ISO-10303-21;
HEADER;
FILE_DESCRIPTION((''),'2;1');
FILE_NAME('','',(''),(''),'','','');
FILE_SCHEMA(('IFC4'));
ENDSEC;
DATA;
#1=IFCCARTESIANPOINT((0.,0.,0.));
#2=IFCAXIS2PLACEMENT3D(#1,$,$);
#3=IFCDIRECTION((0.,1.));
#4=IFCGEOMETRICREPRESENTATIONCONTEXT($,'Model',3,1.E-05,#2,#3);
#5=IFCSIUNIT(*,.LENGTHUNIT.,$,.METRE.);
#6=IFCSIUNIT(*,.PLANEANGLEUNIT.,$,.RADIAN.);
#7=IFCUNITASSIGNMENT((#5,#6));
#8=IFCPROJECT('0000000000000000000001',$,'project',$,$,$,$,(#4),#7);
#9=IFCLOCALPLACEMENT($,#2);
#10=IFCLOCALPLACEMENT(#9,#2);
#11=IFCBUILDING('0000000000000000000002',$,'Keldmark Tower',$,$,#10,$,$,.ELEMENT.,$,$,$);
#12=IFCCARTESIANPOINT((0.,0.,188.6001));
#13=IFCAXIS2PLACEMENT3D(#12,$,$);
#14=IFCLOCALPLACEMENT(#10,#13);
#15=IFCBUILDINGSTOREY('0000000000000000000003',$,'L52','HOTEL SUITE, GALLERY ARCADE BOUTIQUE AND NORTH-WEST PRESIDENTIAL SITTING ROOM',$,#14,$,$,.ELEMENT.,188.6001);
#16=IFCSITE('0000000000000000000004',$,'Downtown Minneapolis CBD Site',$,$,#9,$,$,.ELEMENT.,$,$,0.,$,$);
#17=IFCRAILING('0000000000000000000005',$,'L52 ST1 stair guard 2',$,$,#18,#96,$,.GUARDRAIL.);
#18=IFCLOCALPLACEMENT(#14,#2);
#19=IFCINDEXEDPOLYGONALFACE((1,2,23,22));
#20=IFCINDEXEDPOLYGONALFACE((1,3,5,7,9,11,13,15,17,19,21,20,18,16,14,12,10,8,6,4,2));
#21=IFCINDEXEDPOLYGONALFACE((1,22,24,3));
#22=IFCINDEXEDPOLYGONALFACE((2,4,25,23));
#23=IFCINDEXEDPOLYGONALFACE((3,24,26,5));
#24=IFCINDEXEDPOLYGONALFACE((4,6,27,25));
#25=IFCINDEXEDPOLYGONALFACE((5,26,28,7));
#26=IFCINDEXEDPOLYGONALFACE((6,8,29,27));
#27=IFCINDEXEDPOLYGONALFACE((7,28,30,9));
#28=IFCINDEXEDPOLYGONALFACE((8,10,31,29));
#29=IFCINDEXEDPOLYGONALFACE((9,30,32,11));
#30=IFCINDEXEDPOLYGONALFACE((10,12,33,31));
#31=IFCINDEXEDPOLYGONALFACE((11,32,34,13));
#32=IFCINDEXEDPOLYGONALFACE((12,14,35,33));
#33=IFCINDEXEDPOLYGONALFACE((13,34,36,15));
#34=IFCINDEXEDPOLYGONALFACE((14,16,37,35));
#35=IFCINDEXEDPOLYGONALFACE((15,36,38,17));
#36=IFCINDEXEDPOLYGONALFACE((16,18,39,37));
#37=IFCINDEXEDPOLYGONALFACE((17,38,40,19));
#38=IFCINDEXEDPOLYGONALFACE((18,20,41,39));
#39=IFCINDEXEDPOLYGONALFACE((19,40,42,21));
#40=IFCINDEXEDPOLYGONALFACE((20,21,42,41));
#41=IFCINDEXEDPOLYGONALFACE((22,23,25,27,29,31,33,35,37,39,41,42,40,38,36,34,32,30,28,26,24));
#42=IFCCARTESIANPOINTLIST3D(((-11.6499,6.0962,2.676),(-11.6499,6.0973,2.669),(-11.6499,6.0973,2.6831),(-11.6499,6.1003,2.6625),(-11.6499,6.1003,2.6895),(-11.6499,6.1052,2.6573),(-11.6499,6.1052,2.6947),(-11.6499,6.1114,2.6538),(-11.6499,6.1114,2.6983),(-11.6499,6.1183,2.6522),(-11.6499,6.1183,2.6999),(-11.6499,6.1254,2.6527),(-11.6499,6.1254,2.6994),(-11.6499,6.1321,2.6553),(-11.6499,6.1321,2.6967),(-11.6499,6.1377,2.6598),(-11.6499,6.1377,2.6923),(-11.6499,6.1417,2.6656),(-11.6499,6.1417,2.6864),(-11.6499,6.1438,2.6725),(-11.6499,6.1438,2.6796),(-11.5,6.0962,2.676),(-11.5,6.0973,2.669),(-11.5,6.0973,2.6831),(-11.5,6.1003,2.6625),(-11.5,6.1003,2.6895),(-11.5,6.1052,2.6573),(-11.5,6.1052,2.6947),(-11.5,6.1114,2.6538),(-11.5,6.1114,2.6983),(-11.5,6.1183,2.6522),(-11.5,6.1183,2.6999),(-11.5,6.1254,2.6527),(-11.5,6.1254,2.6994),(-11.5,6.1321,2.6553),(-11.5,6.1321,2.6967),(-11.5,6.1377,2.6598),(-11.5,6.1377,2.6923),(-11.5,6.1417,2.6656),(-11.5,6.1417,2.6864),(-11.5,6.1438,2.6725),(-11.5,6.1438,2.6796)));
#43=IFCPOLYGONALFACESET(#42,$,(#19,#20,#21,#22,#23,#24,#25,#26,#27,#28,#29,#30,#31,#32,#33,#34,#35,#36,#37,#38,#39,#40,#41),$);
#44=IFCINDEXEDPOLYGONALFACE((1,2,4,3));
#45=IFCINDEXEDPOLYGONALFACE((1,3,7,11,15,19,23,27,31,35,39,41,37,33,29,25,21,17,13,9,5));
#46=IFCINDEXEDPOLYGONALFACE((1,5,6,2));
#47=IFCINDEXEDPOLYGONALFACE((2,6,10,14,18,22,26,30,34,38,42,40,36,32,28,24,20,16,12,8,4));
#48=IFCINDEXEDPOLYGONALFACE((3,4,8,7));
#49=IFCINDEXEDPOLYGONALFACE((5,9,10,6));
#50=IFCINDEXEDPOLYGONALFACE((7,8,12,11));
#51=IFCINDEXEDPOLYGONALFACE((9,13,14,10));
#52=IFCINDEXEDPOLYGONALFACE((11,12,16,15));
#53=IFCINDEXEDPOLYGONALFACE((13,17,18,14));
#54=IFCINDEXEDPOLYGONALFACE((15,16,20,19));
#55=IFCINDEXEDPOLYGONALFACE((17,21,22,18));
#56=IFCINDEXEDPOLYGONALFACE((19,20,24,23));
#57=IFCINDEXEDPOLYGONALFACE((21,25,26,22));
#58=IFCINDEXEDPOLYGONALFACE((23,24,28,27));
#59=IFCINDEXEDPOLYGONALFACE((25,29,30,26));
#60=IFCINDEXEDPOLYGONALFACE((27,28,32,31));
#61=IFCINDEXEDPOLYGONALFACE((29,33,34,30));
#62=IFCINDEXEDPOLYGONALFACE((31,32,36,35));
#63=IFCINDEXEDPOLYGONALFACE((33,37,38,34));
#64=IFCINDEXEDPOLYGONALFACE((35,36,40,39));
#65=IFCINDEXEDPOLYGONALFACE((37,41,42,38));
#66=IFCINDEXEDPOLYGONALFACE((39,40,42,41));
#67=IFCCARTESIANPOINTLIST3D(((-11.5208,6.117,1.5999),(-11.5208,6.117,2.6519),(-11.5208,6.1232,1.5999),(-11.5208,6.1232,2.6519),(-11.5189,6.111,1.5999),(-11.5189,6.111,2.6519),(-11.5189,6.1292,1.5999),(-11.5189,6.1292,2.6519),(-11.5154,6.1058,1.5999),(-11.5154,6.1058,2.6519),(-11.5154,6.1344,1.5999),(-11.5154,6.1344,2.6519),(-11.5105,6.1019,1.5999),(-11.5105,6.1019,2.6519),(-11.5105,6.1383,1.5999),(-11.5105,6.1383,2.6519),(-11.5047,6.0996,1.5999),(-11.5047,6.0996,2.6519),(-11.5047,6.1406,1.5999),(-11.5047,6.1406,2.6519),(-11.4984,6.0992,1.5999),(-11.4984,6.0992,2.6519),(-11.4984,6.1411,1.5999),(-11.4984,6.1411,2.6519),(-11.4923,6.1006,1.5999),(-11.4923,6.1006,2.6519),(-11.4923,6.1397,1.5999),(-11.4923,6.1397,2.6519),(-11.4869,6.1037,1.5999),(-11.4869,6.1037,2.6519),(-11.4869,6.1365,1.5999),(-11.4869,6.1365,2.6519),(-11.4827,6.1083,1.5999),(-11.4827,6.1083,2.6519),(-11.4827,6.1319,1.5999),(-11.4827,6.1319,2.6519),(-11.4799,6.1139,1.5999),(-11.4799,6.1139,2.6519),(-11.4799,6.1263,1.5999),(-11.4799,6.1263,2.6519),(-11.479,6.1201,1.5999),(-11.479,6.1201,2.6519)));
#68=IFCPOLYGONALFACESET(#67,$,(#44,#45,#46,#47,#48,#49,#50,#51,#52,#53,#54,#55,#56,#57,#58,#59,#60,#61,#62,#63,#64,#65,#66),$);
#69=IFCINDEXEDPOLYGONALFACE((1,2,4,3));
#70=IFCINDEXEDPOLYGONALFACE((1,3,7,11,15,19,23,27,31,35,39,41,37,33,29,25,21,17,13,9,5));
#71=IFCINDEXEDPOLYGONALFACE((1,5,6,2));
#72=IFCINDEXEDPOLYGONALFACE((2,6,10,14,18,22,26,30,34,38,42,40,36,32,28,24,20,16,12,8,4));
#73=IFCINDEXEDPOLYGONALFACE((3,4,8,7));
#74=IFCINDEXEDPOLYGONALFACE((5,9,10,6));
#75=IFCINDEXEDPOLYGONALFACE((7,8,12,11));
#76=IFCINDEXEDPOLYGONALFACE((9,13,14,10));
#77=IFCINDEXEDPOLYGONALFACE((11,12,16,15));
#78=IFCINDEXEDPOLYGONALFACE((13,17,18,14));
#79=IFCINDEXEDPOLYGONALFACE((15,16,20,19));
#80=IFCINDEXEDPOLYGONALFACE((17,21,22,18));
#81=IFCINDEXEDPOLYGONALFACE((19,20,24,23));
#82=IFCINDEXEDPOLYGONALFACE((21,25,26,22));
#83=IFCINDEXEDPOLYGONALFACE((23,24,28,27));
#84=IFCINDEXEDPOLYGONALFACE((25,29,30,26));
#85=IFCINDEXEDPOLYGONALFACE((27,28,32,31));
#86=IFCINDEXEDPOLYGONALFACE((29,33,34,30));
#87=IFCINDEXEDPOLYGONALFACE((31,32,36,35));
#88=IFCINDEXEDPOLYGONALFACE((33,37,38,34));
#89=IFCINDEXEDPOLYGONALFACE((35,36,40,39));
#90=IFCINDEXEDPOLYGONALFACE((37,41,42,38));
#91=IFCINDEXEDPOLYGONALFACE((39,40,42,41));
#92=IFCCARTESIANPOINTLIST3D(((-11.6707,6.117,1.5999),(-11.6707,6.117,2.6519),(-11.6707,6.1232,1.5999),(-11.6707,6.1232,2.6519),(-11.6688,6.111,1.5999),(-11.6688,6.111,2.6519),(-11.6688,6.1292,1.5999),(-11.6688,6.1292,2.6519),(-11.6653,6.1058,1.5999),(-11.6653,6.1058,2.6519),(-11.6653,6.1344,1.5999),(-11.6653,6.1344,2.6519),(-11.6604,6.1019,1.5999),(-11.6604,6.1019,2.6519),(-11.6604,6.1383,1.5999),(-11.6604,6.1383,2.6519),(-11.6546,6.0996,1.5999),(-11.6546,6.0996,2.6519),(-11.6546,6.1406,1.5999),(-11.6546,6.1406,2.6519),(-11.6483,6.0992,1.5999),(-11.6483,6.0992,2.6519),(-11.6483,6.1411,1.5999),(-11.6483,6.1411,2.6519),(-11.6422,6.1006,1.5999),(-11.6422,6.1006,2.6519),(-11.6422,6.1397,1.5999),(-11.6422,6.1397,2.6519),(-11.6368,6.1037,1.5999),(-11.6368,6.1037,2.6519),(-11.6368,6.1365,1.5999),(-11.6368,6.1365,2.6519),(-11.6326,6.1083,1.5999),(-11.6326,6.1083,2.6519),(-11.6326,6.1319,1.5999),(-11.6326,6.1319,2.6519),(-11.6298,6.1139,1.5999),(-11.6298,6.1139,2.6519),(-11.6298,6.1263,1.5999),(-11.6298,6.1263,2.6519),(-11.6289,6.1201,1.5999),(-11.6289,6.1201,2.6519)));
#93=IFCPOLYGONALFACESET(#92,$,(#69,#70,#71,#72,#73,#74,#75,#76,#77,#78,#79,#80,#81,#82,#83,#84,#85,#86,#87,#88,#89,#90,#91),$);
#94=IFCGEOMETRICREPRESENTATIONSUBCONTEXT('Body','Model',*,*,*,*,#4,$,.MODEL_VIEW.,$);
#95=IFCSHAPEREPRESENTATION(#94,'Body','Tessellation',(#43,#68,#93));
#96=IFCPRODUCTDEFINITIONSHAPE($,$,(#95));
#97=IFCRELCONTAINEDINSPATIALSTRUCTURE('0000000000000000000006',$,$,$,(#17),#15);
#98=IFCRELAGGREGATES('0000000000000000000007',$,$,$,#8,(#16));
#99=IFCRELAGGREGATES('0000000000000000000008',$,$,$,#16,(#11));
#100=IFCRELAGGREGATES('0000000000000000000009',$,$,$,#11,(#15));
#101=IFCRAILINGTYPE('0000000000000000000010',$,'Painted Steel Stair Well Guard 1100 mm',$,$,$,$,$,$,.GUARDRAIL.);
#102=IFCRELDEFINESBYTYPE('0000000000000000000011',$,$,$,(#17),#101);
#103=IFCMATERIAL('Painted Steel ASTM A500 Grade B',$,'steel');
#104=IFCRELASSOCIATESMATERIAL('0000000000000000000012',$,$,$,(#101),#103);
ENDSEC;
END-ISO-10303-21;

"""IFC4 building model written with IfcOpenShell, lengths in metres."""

from ifc_helpers import new_model, si_unit, direction, frame, origin, origin_2d, place, context, subcontext, project, spatial, circle, extrude, material, type_object, element, save


model = new_model("IFC4")

# Units and contexts
model_context = context("Model", 3, precision=1e-05, world=origin(), true_north=direction((0.0, 1.0)))
body_context = subcontext(model_context, "Body", "Model", "MODEL_VIEW")
ifc_project = project(units=[si_unit("LENGTHUNIT", "METRE"), si_unit("PLANEANGLEUNIT", "RADIAN")], contexts=[model_context])

# Site, building, storey
site_placement = place(None, origin())
site = spatial("IfcSite", under=ifc_project, at=site_placement, Name="Downtown Minneapolis CBD Site", CompositionType="ELEMENT", RefElevation=0.0)
building_placement = place(site_placement, origin())
building = spatial("IfcBuilding", under=site, at=building_placement, Name="Keldmark Tower", CompositionType="ELEMENT")
storey_placement = place(building_placement, frame((0.0, 0.0, 188.6001)))
storey = spatial("IfcBuildingStorey", under=building, at=storey_placement, Name="L52", Description="HOTEL SUITE, GALLERY ARCADE BOUTIQUE AND NORTH-WEST PRESIDENTIAL SITTING ROOM", CompositionType="ELEMENT", Elevation=188.6001)

# Railing
ifc_material_1 = material(Name="Painted Steel ASTM A500 Grade B", Category="steel")
railing_type_1 = type_object("IfcRailingType", Name="Painted Steel Stair Well Guard 1100 mm", PredefinedType="GUARDRAIL", material=ifc_material_1)
railing_1_placement = place(storey_placement, frame((-11.5, 6.1201, 1.5999)))
element("IfcRailing", 1, at=railing_1_placement, inside=storey, type_object=railing_type_1, Name="L52 ST1 stair guard 2", PredefinedType="GUARDRAIL", context=body_context, shape_type="SweptSolid", body=[
    extrude(circle(Radius=0.0239, at=origin_2d()), frame((0.0, 0.0, 1.0762), z_axis=(-1.0, 0.0, 0.0), x_axis=(0.0, -1.0, 0.0)), (0.0, 0.0, 1.0), 0.1499),
    extrude(circle(Radius=0.021, at=origin_2d()), origin(), (0.0, 0.0, 1.0), 1.052),
    extrude(circle(Radius=0.021, at=origin_2d()), frame((-0.1499, 0.0, 0.0)), (0.0, 0.0, 1.0), 1.052),
])

save(model, "model.ifc")
